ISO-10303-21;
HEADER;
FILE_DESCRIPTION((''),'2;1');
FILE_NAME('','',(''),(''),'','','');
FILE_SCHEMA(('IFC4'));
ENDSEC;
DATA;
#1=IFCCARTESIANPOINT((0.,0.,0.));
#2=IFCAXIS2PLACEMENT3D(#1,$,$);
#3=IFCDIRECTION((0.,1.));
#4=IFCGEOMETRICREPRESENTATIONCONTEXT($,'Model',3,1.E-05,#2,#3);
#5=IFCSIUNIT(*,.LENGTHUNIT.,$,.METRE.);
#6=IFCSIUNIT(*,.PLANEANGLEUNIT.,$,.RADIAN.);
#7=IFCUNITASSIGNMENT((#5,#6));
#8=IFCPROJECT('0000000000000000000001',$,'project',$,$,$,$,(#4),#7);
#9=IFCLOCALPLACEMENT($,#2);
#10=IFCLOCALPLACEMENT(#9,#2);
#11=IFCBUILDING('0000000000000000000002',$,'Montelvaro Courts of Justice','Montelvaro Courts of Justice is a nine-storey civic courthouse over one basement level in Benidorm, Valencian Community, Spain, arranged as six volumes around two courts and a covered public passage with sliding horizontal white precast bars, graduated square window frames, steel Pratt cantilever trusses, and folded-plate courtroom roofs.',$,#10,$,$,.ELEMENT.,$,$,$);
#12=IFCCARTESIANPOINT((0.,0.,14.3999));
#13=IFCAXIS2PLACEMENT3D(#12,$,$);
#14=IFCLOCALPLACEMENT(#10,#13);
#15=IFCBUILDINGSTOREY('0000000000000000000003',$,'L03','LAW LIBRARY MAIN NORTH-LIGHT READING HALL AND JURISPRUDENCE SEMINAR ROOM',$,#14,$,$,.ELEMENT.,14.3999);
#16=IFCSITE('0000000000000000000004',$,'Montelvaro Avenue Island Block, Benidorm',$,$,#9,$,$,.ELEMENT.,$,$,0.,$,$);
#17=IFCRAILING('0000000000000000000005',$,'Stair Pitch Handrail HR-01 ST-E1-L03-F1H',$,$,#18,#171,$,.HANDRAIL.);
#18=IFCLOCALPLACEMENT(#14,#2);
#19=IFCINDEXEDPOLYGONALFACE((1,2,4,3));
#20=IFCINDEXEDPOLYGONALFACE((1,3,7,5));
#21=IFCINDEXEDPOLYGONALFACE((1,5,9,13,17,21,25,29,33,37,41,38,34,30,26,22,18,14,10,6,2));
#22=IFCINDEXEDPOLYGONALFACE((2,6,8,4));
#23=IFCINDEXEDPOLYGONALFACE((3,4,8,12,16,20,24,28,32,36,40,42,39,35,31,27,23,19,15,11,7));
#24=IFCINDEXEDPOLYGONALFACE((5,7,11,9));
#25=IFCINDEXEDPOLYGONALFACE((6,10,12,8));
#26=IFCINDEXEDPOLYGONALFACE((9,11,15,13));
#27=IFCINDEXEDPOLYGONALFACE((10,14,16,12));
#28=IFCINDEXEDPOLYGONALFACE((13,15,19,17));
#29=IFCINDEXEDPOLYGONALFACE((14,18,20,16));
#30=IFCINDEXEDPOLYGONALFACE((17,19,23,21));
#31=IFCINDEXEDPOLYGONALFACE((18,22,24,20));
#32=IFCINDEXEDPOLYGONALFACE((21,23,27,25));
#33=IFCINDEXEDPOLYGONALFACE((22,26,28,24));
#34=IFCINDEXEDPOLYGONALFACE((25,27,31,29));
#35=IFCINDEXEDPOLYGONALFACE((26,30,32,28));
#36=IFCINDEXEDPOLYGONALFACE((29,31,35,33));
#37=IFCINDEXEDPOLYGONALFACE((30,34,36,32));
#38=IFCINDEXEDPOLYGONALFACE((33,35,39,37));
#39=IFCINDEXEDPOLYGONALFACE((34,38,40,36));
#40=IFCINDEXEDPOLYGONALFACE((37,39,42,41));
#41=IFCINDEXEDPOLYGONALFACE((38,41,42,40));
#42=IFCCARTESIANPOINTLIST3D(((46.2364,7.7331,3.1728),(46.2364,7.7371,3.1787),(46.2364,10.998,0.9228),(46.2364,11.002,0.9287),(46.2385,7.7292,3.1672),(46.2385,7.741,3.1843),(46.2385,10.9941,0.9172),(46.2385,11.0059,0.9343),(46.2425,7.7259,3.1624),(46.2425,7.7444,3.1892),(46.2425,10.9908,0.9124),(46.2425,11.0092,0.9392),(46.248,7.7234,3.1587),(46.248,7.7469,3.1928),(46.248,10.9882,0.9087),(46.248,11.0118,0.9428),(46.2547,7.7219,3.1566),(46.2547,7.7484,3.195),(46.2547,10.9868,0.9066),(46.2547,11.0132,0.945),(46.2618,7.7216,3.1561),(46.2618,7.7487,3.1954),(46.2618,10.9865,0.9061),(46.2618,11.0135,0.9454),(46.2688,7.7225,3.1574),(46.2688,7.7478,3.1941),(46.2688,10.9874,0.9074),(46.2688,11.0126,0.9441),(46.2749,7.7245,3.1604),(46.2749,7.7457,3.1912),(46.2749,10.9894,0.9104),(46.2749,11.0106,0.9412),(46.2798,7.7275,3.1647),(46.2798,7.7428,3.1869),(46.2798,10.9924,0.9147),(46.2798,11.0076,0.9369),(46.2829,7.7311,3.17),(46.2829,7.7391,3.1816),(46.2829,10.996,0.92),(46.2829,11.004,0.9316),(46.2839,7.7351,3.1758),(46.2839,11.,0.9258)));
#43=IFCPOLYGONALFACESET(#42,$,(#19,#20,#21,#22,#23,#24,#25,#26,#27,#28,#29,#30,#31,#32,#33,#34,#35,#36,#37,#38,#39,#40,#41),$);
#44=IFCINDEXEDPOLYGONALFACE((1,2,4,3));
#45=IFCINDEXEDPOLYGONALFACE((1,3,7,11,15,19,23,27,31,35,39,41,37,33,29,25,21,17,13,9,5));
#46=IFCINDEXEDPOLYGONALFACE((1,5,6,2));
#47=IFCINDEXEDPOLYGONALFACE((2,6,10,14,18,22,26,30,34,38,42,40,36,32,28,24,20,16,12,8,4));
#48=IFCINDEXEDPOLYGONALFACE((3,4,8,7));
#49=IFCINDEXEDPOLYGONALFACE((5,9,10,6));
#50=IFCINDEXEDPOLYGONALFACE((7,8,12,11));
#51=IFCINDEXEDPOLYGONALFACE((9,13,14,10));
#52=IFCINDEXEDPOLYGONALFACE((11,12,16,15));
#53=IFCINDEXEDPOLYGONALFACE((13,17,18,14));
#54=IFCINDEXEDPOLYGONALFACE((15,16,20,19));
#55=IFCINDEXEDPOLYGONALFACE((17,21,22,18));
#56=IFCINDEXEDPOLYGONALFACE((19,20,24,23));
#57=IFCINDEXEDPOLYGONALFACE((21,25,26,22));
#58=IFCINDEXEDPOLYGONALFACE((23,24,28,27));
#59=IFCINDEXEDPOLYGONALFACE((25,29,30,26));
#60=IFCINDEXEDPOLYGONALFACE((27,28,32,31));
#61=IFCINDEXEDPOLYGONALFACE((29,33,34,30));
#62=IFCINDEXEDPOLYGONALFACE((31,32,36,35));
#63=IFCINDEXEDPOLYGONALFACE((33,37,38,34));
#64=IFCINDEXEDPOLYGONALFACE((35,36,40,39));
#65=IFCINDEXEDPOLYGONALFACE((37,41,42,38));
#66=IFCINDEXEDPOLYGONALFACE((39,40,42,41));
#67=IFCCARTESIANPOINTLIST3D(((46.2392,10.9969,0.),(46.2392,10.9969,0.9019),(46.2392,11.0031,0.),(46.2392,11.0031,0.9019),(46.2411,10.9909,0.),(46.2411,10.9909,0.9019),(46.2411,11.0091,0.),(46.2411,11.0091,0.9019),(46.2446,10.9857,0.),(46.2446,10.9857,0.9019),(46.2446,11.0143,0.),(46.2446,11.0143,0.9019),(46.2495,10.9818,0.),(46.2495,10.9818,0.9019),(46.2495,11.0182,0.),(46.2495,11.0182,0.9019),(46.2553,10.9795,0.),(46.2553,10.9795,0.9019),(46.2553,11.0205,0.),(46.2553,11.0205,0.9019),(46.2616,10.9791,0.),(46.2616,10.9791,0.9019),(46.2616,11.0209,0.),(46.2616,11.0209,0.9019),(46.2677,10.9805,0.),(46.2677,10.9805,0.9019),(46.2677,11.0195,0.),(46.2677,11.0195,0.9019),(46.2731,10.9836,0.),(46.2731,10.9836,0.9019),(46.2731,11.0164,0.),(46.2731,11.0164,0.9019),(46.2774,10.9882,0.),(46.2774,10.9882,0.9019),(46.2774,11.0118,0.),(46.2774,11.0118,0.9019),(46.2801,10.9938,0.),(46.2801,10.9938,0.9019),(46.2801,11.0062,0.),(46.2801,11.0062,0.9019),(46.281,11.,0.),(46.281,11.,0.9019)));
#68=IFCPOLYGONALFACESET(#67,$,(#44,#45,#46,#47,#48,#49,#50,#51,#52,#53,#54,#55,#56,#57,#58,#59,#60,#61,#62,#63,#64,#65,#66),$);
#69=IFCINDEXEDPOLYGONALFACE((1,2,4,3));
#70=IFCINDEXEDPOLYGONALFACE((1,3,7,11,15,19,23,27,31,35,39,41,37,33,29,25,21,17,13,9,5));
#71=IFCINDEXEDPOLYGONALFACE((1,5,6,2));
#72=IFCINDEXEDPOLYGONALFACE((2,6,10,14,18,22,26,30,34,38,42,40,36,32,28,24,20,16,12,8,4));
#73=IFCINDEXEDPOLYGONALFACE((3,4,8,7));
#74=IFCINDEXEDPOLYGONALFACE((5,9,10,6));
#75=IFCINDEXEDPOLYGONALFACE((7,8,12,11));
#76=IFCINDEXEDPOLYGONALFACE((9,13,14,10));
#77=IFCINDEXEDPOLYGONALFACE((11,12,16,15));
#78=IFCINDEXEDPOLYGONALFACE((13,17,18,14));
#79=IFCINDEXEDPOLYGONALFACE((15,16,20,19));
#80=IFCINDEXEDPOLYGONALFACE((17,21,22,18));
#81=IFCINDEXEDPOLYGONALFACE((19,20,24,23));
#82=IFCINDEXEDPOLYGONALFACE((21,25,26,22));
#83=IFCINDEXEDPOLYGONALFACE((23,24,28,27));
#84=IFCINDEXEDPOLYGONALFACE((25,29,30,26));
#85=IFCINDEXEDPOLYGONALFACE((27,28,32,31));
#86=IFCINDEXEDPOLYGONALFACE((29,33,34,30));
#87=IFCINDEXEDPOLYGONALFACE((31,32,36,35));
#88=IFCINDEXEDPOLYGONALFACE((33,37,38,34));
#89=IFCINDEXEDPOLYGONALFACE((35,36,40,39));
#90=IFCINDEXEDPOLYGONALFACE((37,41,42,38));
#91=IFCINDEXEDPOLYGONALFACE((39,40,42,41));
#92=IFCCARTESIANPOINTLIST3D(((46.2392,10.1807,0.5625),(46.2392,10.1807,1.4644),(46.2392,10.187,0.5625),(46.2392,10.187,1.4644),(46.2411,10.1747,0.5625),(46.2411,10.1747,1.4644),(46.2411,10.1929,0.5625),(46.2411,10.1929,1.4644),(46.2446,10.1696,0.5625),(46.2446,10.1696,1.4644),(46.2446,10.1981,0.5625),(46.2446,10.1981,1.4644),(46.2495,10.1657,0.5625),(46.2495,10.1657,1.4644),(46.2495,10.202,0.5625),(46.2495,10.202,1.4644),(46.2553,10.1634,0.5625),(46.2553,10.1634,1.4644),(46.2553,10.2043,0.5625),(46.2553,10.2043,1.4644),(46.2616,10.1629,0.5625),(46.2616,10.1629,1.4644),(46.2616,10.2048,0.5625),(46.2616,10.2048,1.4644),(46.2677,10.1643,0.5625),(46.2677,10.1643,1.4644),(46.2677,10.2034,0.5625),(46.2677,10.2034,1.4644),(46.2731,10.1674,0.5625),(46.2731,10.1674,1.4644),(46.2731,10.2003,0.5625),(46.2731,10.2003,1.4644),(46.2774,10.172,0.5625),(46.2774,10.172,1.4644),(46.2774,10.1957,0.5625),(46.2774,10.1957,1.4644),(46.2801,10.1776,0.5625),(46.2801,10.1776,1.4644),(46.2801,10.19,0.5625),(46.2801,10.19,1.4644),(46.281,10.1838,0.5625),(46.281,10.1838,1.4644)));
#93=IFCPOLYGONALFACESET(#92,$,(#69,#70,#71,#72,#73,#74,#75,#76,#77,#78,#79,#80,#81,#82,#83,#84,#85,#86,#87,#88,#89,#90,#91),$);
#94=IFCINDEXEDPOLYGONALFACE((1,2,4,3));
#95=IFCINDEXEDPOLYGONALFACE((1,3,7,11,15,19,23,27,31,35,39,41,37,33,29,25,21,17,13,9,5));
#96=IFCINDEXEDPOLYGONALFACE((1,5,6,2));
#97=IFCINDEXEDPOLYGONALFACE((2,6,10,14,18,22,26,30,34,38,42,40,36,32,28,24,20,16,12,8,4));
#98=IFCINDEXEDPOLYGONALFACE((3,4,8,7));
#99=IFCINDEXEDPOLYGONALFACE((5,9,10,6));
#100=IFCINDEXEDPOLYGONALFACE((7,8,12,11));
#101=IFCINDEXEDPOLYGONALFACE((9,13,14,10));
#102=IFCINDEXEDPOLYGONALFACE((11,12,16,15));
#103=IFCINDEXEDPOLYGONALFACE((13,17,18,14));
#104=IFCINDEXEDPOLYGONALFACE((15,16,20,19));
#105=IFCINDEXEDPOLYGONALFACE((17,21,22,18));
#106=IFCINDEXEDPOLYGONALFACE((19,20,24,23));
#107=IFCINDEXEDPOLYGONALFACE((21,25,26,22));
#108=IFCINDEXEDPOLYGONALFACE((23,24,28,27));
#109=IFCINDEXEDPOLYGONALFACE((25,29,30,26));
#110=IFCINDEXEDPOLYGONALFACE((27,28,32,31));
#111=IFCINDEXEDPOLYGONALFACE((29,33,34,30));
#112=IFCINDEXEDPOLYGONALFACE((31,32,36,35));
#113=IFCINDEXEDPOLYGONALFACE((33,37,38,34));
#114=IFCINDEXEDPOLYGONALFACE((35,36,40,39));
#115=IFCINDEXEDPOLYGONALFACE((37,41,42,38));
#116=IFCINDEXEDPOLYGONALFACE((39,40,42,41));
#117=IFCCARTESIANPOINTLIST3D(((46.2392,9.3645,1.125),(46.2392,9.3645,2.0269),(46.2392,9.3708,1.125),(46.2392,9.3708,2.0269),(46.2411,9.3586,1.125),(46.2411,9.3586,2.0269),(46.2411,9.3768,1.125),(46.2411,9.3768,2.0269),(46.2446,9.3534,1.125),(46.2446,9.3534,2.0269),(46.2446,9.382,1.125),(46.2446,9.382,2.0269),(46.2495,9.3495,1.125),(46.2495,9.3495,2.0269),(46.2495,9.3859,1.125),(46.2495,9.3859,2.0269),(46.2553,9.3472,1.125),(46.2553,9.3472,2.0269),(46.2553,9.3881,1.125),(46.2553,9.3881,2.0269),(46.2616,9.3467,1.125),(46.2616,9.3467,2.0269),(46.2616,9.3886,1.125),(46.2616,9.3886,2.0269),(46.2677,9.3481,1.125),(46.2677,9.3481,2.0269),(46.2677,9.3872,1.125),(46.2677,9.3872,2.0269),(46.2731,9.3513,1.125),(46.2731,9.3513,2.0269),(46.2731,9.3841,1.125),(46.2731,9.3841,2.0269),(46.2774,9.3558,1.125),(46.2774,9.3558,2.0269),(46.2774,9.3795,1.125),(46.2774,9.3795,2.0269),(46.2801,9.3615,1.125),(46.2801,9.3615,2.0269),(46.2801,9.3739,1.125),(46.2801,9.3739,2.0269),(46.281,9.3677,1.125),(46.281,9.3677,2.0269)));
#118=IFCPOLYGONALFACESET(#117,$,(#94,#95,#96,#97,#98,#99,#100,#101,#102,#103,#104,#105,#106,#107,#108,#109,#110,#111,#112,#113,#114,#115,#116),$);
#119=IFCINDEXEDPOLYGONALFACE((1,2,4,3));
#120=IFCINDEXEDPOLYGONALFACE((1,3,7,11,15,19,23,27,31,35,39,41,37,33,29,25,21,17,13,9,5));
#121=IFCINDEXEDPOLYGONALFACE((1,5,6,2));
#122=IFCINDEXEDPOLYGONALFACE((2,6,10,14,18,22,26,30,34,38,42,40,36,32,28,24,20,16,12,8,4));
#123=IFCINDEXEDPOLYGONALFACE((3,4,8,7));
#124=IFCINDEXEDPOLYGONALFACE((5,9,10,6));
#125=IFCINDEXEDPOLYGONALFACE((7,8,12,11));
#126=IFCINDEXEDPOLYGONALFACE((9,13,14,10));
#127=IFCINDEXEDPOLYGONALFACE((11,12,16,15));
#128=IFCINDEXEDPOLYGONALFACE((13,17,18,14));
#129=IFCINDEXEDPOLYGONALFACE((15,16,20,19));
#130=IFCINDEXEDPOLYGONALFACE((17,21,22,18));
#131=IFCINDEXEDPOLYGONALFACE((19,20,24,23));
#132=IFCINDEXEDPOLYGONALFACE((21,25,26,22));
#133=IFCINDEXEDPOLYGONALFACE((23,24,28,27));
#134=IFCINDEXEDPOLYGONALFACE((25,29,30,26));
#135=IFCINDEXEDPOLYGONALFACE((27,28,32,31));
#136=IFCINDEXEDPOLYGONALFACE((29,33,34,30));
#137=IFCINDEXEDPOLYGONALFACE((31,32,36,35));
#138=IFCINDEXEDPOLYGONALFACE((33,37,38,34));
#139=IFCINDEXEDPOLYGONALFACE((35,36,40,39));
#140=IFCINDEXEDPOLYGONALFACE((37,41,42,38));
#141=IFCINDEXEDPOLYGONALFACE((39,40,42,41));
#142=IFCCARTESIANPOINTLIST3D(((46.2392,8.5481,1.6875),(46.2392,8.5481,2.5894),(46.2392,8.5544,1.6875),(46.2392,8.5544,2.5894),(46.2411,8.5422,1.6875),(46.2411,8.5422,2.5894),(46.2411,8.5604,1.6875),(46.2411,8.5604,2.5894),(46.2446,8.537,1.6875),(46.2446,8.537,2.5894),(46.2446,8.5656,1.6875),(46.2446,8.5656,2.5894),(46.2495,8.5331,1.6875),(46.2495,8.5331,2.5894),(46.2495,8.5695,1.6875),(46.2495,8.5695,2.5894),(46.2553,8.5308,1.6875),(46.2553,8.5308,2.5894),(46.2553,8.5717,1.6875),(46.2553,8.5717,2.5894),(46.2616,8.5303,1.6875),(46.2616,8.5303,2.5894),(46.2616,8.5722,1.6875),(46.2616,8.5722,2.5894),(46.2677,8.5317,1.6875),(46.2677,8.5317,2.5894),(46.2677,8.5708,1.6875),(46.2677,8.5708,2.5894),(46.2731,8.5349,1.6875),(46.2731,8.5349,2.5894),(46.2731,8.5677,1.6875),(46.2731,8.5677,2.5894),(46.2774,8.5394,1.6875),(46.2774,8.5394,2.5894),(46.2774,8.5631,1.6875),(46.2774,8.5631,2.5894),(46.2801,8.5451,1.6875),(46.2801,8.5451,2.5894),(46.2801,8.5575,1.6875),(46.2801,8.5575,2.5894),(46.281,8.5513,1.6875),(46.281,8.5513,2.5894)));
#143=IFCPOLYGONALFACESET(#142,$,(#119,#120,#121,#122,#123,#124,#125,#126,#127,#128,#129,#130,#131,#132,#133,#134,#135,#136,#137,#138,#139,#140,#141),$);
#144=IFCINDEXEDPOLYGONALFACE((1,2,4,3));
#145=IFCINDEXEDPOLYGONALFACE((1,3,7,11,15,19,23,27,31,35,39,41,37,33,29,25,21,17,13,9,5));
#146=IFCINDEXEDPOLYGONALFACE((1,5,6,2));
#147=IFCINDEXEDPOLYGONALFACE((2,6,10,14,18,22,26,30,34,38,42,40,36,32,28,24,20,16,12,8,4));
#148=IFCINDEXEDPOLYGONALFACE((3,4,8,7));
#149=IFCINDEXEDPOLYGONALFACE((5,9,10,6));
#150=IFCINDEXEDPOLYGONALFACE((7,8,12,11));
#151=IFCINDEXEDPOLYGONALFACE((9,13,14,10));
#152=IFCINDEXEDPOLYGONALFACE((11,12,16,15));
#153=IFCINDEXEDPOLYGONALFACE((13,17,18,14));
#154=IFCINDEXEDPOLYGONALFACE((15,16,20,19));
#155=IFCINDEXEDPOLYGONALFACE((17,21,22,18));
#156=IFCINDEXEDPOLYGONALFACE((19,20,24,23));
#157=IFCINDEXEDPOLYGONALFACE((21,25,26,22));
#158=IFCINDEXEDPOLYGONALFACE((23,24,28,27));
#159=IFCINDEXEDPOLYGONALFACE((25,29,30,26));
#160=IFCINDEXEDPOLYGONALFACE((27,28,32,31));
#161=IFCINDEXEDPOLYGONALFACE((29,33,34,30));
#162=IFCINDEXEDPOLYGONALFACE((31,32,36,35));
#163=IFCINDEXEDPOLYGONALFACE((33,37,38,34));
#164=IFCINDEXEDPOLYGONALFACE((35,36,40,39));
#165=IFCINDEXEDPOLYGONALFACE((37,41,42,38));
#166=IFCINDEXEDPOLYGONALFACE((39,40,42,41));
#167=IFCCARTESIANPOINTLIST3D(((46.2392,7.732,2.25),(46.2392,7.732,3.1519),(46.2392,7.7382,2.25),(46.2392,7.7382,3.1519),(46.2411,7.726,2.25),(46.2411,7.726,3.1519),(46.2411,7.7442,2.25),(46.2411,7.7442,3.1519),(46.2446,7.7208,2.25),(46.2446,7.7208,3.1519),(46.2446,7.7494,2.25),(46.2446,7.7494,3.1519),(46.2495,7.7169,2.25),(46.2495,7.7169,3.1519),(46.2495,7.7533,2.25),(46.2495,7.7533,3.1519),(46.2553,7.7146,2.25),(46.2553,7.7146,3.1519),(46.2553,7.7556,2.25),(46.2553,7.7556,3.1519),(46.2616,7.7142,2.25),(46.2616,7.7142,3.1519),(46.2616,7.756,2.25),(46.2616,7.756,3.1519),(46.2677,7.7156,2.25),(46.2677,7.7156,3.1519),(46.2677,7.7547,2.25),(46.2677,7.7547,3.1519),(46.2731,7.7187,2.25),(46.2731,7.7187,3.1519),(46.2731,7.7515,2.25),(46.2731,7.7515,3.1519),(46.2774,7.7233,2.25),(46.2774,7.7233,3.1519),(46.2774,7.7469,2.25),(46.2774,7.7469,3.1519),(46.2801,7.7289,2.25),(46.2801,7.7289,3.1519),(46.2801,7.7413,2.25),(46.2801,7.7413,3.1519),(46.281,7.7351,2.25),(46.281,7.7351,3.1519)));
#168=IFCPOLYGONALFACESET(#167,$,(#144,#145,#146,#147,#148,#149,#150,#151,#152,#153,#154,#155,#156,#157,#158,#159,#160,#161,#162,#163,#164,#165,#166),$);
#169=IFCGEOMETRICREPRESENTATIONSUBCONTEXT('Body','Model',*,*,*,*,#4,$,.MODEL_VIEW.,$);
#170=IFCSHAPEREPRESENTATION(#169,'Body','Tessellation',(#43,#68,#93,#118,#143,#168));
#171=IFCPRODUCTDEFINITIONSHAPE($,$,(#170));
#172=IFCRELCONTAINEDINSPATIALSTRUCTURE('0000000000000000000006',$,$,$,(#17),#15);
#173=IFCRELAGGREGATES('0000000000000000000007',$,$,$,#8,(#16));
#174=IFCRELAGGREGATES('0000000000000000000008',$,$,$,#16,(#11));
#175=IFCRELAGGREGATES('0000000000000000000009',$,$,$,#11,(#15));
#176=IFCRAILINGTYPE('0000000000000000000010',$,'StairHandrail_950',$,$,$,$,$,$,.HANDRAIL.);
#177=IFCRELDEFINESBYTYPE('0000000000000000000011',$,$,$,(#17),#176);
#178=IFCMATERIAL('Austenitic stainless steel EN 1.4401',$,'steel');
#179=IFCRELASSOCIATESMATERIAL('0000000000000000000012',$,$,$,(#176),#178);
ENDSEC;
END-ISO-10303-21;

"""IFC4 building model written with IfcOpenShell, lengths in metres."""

from ifc_helpers import new_model, si_unit, direction, frame, origin, origin_2d, place, context, subcontext, project, spatial, circle, extrude, material, type_object, element, save


model = new_model("IFC4")

# Units and contexts
model_context = context("Model", 3, precision=1e-05, world=origin(), true_north=direction((0.0, 1.0)))
body_context = subcontext(model_context, "Body", "Model", "MODEL_VIEW")
ifc_project = project(units=[si_unit("LENGTHUNIT", "METRE"), si_unit("PLANEANGLEUNIT", "RADIAN")], contexts=[model_context])

# Site, building, storey
site_placement = place(None, origin())
site = spatial("IfcSite", under=ifc_project, at=site_placement, Name="Montelvaro Avenue Island Block, Benidorm", CompositionType="ELEMENT", RefElevation=0.0)
building_placement = place(site_placement, origin())
building = spatial("IfcBuilding", under=site, at=building_placement, Name="Montelvaro Courts of Justice", Description="Montelvaro Courts of Justice is a nine-storey civic courthouse over one basement level in Benidorm, Valencian Community, Spain, arranged as six volumes around two courts and a covered public passage with sliding horizontal white precast bars, graduated square window frames, steel Pratt cantilever trusses, and folded-plate courtroom roofs.", CompositionType="ELEMENT")
storey_placement = place(building_placement, frame((0.0, 0.0, 14.3999)))
storey = spatial("IfcBuildingStorey", under=building, at=storey_placement, Name="L03", Description="LAW LIBRARY MAIN NORTH-LIGHT READING HALL AND JURISPRUDENCE SEMINAR ROOM", CompositionType="ELEMENT", Elevation=14.3999)

# Railing
ifc_material_1 = material(Name="Austenitic stainless steel EN 1.4401", Category="steel")
railing_type_1 = type_object("IfcRailingType", Name="StairHandrail_950", PredefinedType="HANDRAIL", material=ifc_material_1)
railing_1_placement = place(storey_placement, frame((46.26, 11.0, 0.0)))
element("IfcRailing", 1, at=railing_1_placement, inside=storey, type_object=railing_type_1, Name="Stair Pitch Handrail HR-01 ST-E1-L03-F1H", PredefinedType="HANDRAIL", context=body_context, shape_type="SweptSolid", body=[
    extrude(circle(Radius=0.0239, at=origin_2d()), frame((0.0, 0.0, 0.9258), z_axis=(0.0, -0.823407, 0.567451), x_axis=(1.0, 0.0, 0.0)), (0.0, 0.0, 1.0), 3.9651),
    extrude(circle(Radius=0.021, at=origin_2d()), origin(), (0.0, 0.0, 1.0), 0.9019),
    extrude(circle(Radius=0.021, at=origin_2d()), frame((0.0, -0.8162, 0.5625)), (0.0, 0.0, 1.0), 0.9019),
    extrude(circle(Radius=0.021, at=origin_2d()), frame((0.0, -1.6323, 1.125)), (0.0, 0.0, 1.0), 0.9019),
    extrude(circle(Radius=0.021, at=origin_2d()), frame((0.0, -2.4487, 1.6875)), (0.0, 0.0, 1.0), 0.9019),
    extrude(circle(Radius=0.021, at=origin_2d()), frame((0.0, -3.2649, 2.25)), (0.0, 0.0, 1.0), 0.9019),
])

save(model, "model.ifc")
